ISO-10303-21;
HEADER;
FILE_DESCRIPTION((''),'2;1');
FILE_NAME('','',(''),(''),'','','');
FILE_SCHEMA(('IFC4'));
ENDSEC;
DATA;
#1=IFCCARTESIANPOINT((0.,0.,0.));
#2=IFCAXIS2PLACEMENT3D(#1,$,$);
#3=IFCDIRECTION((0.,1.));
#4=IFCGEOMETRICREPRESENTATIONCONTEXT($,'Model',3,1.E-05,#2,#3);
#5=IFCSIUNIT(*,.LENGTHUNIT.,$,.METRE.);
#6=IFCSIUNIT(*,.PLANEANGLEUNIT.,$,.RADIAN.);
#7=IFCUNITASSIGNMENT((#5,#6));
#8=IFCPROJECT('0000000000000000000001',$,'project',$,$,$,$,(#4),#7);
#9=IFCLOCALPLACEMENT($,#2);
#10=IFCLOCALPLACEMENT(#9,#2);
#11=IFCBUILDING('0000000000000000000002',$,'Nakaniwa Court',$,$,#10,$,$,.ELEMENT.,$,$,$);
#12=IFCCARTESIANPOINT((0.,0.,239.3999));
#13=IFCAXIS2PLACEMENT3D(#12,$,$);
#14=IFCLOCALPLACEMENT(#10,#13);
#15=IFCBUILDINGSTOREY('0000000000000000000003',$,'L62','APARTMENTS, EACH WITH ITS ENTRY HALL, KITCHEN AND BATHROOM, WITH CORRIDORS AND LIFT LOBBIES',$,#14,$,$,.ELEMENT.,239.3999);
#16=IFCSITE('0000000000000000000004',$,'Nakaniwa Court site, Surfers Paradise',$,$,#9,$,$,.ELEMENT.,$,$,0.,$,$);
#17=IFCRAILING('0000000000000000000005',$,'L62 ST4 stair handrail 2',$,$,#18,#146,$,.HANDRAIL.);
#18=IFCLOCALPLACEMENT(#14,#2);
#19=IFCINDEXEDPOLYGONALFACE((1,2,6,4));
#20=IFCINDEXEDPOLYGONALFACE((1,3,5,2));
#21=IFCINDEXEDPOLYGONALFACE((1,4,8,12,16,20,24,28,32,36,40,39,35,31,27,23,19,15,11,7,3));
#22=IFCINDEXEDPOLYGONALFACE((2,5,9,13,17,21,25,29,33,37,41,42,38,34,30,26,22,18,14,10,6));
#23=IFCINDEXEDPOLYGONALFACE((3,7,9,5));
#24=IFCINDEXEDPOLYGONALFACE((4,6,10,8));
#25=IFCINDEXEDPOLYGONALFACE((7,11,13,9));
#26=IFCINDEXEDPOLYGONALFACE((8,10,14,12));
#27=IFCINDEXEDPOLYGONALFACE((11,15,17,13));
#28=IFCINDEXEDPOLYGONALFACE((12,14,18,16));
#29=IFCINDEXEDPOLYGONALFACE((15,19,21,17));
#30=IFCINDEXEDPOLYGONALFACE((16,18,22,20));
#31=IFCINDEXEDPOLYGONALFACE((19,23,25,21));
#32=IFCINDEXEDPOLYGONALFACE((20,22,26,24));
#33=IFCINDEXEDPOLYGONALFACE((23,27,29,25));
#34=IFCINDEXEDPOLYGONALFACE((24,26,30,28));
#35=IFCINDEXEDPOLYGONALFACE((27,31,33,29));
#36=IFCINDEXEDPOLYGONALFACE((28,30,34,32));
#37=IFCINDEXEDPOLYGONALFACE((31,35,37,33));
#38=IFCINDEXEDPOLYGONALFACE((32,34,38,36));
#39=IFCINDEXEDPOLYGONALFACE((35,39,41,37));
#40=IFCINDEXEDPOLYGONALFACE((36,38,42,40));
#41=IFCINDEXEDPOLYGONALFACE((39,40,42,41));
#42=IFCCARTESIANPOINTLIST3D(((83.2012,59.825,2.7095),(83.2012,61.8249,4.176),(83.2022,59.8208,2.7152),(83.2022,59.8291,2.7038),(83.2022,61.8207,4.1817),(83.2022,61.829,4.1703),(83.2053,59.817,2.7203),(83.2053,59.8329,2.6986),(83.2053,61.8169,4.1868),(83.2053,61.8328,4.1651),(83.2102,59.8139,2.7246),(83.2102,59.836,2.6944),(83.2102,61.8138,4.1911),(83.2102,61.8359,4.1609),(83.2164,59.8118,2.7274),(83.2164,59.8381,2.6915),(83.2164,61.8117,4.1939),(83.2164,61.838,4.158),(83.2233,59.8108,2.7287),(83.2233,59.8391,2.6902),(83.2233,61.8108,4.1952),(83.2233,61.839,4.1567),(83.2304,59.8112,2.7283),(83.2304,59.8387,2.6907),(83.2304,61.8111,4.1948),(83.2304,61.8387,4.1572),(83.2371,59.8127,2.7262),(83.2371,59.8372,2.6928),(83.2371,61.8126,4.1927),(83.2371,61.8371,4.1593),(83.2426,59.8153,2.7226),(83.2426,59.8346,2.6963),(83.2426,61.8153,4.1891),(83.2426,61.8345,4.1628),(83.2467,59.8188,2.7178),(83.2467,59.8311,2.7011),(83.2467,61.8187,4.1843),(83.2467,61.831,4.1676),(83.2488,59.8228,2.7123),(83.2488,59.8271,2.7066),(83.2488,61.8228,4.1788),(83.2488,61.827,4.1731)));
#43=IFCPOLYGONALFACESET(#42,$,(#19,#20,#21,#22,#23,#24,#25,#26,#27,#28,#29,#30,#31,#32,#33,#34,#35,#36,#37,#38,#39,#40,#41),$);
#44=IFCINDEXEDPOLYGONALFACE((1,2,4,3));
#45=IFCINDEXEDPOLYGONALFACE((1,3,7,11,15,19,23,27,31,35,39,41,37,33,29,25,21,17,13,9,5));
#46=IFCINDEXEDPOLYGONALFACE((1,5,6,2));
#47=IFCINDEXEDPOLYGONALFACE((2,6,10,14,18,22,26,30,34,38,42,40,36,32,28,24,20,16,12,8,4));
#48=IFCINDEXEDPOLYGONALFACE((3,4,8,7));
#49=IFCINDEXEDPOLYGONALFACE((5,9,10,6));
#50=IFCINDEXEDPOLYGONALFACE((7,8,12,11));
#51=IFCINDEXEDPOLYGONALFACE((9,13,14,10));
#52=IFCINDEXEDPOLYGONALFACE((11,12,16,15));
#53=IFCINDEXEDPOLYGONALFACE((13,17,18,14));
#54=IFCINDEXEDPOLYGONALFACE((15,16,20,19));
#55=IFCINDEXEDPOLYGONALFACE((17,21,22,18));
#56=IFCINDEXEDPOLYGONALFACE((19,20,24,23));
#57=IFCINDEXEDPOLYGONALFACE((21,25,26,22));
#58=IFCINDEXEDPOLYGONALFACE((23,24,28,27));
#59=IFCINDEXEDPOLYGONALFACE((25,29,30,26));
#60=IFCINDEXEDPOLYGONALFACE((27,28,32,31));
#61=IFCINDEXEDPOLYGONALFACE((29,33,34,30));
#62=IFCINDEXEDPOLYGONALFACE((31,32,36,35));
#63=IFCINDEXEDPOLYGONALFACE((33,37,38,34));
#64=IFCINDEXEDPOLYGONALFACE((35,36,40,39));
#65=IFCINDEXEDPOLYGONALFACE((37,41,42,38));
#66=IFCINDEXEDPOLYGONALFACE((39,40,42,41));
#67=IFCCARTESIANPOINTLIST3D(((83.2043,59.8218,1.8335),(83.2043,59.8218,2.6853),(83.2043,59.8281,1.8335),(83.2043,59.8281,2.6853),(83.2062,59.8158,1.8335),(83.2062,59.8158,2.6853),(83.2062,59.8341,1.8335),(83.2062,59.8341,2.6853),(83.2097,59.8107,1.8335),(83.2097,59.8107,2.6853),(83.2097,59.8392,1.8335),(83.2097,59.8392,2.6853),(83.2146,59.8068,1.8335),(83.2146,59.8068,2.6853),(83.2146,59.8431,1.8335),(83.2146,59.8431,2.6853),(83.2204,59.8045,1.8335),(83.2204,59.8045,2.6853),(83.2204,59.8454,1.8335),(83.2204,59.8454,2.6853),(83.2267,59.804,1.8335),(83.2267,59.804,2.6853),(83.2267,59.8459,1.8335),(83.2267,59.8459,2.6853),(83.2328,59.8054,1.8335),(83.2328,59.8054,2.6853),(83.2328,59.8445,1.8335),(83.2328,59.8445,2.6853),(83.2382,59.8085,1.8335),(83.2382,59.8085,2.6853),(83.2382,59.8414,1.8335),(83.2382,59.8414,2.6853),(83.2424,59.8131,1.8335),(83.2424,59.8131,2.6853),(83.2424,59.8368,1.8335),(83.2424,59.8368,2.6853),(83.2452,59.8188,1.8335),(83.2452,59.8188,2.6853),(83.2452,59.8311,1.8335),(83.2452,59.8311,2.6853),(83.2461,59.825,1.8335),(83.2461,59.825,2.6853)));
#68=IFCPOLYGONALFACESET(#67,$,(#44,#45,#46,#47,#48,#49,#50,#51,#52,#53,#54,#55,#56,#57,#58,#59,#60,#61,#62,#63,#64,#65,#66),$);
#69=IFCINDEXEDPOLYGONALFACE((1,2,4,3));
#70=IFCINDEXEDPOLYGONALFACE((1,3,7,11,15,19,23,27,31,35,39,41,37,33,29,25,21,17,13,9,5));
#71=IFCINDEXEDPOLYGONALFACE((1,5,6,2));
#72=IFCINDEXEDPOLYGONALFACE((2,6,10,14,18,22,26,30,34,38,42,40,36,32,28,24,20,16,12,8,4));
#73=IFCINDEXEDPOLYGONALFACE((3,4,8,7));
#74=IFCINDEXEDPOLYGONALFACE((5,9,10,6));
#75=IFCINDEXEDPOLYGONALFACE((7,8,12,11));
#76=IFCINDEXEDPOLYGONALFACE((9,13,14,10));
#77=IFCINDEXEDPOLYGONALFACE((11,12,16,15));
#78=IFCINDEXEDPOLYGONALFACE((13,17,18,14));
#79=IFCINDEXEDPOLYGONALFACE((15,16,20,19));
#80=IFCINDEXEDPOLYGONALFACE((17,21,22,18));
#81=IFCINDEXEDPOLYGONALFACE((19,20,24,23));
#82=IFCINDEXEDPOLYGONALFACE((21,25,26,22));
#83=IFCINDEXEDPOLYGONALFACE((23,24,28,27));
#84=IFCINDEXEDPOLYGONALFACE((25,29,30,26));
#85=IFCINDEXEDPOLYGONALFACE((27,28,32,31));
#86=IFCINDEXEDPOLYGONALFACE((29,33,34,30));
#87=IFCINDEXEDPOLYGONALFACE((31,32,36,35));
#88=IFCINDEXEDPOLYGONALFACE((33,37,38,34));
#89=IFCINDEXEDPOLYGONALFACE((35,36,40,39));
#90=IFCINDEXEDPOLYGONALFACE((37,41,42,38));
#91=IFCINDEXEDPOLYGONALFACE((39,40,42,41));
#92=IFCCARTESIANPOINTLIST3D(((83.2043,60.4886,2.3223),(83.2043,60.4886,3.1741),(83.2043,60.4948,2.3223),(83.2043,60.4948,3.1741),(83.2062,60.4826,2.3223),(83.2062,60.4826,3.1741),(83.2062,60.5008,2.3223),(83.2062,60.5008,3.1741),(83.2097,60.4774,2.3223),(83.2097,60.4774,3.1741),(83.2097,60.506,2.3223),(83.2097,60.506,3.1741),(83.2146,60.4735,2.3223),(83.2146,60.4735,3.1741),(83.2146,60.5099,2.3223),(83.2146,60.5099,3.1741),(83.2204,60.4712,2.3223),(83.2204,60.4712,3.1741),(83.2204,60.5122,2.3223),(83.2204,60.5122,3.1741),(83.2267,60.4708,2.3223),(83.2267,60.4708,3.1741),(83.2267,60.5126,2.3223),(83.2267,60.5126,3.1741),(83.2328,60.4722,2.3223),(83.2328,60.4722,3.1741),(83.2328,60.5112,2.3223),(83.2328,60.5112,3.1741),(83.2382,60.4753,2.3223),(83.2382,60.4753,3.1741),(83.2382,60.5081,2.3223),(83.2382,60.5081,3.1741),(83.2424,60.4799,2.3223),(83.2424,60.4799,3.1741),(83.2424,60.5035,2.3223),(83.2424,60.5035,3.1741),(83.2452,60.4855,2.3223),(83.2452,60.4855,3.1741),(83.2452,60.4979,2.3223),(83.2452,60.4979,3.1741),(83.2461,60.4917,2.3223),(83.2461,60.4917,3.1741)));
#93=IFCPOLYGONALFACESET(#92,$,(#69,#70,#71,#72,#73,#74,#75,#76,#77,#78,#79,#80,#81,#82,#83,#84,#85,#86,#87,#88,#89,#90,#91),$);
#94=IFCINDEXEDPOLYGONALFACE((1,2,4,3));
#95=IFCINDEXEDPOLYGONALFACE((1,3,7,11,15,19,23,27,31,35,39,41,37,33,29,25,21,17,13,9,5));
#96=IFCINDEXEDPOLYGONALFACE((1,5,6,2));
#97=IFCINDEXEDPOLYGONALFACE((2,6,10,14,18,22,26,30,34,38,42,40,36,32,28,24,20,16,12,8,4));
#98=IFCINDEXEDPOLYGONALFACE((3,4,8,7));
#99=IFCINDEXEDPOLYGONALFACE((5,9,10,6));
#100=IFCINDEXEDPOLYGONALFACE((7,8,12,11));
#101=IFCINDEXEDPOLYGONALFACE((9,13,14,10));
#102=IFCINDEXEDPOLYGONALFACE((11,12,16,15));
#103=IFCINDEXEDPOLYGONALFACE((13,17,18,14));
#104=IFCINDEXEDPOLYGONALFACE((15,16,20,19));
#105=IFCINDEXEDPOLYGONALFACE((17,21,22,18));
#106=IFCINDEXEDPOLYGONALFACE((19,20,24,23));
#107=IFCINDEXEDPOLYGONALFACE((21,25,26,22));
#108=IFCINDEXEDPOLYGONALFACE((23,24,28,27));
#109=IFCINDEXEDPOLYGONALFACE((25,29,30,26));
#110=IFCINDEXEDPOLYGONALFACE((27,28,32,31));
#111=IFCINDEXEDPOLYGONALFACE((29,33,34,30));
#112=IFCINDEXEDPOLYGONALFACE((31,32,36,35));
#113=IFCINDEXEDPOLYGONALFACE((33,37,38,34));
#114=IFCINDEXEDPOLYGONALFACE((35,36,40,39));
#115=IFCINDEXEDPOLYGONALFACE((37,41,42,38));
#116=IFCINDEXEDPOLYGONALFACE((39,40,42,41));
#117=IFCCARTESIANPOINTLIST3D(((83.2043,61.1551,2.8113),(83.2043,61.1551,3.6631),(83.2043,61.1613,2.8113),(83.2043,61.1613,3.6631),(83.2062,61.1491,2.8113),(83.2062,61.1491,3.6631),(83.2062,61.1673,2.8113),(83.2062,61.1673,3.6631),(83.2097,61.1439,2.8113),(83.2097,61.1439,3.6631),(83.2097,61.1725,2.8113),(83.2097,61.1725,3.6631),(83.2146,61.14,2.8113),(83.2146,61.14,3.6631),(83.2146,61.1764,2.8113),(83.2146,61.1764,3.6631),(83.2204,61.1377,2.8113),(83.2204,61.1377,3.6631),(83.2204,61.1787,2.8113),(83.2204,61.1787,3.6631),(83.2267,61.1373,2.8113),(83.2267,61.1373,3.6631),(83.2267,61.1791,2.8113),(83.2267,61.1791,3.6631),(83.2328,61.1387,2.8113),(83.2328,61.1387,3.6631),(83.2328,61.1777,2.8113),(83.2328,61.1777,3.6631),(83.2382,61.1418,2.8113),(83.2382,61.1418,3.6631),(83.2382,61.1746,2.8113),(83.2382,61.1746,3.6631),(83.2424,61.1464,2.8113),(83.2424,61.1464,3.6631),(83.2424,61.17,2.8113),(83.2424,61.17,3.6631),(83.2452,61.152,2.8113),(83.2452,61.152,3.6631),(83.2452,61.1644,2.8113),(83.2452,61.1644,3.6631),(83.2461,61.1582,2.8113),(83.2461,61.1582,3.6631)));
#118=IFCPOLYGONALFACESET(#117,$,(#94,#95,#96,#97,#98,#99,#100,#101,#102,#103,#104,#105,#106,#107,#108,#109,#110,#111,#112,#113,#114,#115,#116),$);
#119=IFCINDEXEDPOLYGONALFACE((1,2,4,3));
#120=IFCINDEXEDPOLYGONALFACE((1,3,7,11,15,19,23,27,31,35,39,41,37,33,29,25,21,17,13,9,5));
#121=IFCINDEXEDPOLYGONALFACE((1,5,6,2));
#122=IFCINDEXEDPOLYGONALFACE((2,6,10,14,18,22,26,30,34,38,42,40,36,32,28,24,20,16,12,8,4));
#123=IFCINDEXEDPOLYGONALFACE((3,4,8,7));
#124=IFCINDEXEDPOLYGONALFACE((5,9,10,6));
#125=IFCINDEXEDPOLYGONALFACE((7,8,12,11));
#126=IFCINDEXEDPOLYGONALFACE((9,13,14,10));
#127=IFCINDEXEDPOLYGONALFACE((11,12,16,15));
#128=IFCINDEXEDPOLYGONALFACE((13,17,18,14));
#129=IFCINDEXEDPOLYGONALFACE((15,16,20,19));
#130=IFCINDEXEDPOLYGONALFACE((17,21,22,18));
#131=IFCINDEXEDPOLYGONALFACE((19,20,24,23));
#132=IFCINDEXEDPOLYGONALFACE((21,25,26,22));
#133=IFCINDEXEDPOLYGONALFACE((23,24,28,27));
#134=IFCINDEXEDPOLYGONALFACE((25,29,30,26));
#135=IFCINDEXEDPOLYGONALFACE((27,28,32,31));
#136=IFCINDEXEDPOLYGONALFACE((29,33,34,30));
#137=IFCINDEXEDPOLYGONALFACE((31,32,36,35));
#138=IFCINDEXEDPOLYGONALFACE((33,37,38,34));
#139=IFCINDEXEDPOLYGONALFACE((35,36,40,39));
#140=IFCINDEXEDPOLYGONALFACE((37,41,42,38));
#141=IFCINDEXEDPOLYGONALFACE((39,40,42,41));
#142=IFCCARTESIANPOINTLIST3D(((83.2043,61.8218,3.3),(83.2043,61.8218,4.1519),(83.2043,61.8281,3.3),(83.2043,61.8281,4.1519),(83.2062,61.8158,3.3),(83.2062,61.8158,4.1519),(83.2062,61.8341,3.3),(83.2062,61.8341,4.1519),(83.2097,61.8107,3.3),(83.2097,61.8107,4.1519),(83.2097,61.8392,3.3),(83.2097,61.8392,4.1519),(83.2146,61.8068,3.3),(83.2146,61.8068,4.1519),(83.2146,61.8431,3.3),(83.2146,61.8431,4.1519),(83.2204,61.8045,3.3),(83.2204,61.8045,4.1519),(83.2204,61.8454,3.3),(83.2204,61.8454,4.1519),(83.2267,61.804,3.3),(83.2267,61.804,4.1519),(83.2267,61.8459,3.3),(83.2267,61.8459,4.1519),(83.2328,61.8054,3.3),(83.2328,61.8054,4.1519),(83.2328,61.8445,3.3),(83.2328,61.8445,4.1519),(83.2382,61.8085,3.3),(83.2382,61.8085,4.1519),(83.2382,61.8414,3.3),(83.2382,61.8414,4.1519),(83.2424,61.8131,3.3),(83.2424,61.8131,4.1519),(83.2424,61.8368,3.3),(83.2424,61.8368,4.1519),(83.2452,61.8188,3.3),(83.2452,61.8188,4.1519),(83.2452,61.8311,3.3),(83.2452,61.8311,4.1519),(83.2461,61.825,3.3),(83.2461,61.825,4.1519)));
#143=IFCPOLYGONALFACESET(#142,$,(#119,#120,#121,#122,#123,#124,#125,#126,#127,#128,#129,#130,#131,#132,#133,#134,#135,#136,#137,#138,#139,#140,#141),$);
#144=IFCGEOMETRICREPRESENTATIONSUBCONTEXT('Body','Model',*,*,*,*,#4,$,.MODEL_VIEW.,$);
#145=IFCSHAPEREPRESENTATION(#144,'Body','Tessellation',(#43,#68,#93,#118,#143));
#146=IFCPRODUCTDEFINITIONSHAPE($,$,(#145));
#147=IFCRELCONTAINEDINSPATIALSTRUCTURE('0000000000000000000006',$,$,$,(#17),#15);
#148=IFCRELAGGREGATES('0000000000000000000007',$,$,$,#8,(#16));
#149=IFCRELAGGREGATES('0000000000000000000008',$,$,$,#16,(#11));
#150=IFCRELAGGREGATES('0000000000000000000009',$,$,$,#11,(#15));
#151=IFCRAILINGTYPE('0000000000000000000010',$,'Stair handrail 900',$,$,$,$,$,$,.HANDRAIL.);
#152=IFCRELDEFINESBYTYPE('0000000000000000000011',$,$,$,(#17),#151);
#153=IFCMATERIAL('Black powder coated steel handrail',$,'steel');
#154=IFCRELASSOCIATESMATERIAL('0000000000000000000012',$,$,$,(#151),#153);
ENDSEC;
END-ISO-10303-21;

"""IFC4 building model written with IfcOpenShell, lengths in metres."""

from ifc_helpers import new_model, si_unit, direction, frame, origin, origin_2d, place, context, subcontext, project, spatial, circle, extrude, material, type_object, element, save


model = new_model("IFC4")

# Units and contexts
model_context = context("Model", 3, precision=1e-05, world=origin(), true_north=direction((0.0, 1.0)))
body_context = subcontext(model_context, "Body", "Model", "MODEL_VIEW")
ifc_project = project(units=[si_unit("LENGTHUNIT", "METRE"), si_unit("PLANEANGLEUNIT", "RADIAN")], contexts=[model_context])

# Site, building, storey
site_placement = place(None, origin())
site = spatial("IfcSite", under=ifc_project, at=site_placement, Name="Nakaniwa Court site, Surfers Paradise", CompositionType="ELEMENT", RefElevation=0.0)
building_placement = place(site_placement, origin())
building = spatial("IfcBuilding", under=site, at=building_placement, Name="Nakaniwa Court", CompositionType="ELEMENT")
storey_placement = place(building_placement, frame((0.0, 0.0, 239.3999)))
storey = spatial("IfcBuildingStorey", under=building, at=storey_placement, Name="L62", Description="APARTMENTS, EACH WITH ITS ENTRY HALL, KITCHEN AND BATHROOM, WITH CORRIDORS AND LIFT LOBBIES", CompositionType="ELEMENT", Elevation=239.3999)

# Railing
ifc_material_1 = material(Name="Black powder coated steel handrail", Category="steel")
railing_type_1 = type_object("IfcRailingType", Name="Stair handrail 900", PredefinedType="HANDRAIL", material=ifc_material_1)
railing_1_placement = place(storey_placement, frame((83.2251, 59.825, 1.8335)))
element("IfcRailing", 1, at=railing_1_placement, inside=storey, type_object=railing_type_1, Name="L62 ST4 stair handrail 2", PredefinedType="HANDRAIL", context=body_context, shape_type="SweptSolid", body=[
    extrude(circle(Radius=0.0239, at=origin_2d()), frame((0.0, 0.0, 0.876), z_axis=(0.0, 0.806427, 0.591334), x_axis=(-1.0, 0.0, 0.0)), (0.0, 0.0, 1.0), 2.48),
    extrude(circle(Radius=0.021, at=origin_2d()), origin(), (0.0, 0.0, 1.0), 0.8518),
    extrude(circle(Radius=0.021, at=origin_2d()), frame((0.0, 0.6667, 0.4888)), (0.0, 0.0, 1.0), 0.8518),
    extrude(circle(Radius=0.021, at=origin_2d()), frame((0.0, 1.3333, 0.9778)), (0.0, 0.0, 1.0), 0.8518),
    extrude(circle(Radius=0.021, at=origin_2d()), frame((0.0, 2.0, 1.4666)), (0.0, 0.0, 1.0), 0.8518),
])

save(model, "model.ifc")
